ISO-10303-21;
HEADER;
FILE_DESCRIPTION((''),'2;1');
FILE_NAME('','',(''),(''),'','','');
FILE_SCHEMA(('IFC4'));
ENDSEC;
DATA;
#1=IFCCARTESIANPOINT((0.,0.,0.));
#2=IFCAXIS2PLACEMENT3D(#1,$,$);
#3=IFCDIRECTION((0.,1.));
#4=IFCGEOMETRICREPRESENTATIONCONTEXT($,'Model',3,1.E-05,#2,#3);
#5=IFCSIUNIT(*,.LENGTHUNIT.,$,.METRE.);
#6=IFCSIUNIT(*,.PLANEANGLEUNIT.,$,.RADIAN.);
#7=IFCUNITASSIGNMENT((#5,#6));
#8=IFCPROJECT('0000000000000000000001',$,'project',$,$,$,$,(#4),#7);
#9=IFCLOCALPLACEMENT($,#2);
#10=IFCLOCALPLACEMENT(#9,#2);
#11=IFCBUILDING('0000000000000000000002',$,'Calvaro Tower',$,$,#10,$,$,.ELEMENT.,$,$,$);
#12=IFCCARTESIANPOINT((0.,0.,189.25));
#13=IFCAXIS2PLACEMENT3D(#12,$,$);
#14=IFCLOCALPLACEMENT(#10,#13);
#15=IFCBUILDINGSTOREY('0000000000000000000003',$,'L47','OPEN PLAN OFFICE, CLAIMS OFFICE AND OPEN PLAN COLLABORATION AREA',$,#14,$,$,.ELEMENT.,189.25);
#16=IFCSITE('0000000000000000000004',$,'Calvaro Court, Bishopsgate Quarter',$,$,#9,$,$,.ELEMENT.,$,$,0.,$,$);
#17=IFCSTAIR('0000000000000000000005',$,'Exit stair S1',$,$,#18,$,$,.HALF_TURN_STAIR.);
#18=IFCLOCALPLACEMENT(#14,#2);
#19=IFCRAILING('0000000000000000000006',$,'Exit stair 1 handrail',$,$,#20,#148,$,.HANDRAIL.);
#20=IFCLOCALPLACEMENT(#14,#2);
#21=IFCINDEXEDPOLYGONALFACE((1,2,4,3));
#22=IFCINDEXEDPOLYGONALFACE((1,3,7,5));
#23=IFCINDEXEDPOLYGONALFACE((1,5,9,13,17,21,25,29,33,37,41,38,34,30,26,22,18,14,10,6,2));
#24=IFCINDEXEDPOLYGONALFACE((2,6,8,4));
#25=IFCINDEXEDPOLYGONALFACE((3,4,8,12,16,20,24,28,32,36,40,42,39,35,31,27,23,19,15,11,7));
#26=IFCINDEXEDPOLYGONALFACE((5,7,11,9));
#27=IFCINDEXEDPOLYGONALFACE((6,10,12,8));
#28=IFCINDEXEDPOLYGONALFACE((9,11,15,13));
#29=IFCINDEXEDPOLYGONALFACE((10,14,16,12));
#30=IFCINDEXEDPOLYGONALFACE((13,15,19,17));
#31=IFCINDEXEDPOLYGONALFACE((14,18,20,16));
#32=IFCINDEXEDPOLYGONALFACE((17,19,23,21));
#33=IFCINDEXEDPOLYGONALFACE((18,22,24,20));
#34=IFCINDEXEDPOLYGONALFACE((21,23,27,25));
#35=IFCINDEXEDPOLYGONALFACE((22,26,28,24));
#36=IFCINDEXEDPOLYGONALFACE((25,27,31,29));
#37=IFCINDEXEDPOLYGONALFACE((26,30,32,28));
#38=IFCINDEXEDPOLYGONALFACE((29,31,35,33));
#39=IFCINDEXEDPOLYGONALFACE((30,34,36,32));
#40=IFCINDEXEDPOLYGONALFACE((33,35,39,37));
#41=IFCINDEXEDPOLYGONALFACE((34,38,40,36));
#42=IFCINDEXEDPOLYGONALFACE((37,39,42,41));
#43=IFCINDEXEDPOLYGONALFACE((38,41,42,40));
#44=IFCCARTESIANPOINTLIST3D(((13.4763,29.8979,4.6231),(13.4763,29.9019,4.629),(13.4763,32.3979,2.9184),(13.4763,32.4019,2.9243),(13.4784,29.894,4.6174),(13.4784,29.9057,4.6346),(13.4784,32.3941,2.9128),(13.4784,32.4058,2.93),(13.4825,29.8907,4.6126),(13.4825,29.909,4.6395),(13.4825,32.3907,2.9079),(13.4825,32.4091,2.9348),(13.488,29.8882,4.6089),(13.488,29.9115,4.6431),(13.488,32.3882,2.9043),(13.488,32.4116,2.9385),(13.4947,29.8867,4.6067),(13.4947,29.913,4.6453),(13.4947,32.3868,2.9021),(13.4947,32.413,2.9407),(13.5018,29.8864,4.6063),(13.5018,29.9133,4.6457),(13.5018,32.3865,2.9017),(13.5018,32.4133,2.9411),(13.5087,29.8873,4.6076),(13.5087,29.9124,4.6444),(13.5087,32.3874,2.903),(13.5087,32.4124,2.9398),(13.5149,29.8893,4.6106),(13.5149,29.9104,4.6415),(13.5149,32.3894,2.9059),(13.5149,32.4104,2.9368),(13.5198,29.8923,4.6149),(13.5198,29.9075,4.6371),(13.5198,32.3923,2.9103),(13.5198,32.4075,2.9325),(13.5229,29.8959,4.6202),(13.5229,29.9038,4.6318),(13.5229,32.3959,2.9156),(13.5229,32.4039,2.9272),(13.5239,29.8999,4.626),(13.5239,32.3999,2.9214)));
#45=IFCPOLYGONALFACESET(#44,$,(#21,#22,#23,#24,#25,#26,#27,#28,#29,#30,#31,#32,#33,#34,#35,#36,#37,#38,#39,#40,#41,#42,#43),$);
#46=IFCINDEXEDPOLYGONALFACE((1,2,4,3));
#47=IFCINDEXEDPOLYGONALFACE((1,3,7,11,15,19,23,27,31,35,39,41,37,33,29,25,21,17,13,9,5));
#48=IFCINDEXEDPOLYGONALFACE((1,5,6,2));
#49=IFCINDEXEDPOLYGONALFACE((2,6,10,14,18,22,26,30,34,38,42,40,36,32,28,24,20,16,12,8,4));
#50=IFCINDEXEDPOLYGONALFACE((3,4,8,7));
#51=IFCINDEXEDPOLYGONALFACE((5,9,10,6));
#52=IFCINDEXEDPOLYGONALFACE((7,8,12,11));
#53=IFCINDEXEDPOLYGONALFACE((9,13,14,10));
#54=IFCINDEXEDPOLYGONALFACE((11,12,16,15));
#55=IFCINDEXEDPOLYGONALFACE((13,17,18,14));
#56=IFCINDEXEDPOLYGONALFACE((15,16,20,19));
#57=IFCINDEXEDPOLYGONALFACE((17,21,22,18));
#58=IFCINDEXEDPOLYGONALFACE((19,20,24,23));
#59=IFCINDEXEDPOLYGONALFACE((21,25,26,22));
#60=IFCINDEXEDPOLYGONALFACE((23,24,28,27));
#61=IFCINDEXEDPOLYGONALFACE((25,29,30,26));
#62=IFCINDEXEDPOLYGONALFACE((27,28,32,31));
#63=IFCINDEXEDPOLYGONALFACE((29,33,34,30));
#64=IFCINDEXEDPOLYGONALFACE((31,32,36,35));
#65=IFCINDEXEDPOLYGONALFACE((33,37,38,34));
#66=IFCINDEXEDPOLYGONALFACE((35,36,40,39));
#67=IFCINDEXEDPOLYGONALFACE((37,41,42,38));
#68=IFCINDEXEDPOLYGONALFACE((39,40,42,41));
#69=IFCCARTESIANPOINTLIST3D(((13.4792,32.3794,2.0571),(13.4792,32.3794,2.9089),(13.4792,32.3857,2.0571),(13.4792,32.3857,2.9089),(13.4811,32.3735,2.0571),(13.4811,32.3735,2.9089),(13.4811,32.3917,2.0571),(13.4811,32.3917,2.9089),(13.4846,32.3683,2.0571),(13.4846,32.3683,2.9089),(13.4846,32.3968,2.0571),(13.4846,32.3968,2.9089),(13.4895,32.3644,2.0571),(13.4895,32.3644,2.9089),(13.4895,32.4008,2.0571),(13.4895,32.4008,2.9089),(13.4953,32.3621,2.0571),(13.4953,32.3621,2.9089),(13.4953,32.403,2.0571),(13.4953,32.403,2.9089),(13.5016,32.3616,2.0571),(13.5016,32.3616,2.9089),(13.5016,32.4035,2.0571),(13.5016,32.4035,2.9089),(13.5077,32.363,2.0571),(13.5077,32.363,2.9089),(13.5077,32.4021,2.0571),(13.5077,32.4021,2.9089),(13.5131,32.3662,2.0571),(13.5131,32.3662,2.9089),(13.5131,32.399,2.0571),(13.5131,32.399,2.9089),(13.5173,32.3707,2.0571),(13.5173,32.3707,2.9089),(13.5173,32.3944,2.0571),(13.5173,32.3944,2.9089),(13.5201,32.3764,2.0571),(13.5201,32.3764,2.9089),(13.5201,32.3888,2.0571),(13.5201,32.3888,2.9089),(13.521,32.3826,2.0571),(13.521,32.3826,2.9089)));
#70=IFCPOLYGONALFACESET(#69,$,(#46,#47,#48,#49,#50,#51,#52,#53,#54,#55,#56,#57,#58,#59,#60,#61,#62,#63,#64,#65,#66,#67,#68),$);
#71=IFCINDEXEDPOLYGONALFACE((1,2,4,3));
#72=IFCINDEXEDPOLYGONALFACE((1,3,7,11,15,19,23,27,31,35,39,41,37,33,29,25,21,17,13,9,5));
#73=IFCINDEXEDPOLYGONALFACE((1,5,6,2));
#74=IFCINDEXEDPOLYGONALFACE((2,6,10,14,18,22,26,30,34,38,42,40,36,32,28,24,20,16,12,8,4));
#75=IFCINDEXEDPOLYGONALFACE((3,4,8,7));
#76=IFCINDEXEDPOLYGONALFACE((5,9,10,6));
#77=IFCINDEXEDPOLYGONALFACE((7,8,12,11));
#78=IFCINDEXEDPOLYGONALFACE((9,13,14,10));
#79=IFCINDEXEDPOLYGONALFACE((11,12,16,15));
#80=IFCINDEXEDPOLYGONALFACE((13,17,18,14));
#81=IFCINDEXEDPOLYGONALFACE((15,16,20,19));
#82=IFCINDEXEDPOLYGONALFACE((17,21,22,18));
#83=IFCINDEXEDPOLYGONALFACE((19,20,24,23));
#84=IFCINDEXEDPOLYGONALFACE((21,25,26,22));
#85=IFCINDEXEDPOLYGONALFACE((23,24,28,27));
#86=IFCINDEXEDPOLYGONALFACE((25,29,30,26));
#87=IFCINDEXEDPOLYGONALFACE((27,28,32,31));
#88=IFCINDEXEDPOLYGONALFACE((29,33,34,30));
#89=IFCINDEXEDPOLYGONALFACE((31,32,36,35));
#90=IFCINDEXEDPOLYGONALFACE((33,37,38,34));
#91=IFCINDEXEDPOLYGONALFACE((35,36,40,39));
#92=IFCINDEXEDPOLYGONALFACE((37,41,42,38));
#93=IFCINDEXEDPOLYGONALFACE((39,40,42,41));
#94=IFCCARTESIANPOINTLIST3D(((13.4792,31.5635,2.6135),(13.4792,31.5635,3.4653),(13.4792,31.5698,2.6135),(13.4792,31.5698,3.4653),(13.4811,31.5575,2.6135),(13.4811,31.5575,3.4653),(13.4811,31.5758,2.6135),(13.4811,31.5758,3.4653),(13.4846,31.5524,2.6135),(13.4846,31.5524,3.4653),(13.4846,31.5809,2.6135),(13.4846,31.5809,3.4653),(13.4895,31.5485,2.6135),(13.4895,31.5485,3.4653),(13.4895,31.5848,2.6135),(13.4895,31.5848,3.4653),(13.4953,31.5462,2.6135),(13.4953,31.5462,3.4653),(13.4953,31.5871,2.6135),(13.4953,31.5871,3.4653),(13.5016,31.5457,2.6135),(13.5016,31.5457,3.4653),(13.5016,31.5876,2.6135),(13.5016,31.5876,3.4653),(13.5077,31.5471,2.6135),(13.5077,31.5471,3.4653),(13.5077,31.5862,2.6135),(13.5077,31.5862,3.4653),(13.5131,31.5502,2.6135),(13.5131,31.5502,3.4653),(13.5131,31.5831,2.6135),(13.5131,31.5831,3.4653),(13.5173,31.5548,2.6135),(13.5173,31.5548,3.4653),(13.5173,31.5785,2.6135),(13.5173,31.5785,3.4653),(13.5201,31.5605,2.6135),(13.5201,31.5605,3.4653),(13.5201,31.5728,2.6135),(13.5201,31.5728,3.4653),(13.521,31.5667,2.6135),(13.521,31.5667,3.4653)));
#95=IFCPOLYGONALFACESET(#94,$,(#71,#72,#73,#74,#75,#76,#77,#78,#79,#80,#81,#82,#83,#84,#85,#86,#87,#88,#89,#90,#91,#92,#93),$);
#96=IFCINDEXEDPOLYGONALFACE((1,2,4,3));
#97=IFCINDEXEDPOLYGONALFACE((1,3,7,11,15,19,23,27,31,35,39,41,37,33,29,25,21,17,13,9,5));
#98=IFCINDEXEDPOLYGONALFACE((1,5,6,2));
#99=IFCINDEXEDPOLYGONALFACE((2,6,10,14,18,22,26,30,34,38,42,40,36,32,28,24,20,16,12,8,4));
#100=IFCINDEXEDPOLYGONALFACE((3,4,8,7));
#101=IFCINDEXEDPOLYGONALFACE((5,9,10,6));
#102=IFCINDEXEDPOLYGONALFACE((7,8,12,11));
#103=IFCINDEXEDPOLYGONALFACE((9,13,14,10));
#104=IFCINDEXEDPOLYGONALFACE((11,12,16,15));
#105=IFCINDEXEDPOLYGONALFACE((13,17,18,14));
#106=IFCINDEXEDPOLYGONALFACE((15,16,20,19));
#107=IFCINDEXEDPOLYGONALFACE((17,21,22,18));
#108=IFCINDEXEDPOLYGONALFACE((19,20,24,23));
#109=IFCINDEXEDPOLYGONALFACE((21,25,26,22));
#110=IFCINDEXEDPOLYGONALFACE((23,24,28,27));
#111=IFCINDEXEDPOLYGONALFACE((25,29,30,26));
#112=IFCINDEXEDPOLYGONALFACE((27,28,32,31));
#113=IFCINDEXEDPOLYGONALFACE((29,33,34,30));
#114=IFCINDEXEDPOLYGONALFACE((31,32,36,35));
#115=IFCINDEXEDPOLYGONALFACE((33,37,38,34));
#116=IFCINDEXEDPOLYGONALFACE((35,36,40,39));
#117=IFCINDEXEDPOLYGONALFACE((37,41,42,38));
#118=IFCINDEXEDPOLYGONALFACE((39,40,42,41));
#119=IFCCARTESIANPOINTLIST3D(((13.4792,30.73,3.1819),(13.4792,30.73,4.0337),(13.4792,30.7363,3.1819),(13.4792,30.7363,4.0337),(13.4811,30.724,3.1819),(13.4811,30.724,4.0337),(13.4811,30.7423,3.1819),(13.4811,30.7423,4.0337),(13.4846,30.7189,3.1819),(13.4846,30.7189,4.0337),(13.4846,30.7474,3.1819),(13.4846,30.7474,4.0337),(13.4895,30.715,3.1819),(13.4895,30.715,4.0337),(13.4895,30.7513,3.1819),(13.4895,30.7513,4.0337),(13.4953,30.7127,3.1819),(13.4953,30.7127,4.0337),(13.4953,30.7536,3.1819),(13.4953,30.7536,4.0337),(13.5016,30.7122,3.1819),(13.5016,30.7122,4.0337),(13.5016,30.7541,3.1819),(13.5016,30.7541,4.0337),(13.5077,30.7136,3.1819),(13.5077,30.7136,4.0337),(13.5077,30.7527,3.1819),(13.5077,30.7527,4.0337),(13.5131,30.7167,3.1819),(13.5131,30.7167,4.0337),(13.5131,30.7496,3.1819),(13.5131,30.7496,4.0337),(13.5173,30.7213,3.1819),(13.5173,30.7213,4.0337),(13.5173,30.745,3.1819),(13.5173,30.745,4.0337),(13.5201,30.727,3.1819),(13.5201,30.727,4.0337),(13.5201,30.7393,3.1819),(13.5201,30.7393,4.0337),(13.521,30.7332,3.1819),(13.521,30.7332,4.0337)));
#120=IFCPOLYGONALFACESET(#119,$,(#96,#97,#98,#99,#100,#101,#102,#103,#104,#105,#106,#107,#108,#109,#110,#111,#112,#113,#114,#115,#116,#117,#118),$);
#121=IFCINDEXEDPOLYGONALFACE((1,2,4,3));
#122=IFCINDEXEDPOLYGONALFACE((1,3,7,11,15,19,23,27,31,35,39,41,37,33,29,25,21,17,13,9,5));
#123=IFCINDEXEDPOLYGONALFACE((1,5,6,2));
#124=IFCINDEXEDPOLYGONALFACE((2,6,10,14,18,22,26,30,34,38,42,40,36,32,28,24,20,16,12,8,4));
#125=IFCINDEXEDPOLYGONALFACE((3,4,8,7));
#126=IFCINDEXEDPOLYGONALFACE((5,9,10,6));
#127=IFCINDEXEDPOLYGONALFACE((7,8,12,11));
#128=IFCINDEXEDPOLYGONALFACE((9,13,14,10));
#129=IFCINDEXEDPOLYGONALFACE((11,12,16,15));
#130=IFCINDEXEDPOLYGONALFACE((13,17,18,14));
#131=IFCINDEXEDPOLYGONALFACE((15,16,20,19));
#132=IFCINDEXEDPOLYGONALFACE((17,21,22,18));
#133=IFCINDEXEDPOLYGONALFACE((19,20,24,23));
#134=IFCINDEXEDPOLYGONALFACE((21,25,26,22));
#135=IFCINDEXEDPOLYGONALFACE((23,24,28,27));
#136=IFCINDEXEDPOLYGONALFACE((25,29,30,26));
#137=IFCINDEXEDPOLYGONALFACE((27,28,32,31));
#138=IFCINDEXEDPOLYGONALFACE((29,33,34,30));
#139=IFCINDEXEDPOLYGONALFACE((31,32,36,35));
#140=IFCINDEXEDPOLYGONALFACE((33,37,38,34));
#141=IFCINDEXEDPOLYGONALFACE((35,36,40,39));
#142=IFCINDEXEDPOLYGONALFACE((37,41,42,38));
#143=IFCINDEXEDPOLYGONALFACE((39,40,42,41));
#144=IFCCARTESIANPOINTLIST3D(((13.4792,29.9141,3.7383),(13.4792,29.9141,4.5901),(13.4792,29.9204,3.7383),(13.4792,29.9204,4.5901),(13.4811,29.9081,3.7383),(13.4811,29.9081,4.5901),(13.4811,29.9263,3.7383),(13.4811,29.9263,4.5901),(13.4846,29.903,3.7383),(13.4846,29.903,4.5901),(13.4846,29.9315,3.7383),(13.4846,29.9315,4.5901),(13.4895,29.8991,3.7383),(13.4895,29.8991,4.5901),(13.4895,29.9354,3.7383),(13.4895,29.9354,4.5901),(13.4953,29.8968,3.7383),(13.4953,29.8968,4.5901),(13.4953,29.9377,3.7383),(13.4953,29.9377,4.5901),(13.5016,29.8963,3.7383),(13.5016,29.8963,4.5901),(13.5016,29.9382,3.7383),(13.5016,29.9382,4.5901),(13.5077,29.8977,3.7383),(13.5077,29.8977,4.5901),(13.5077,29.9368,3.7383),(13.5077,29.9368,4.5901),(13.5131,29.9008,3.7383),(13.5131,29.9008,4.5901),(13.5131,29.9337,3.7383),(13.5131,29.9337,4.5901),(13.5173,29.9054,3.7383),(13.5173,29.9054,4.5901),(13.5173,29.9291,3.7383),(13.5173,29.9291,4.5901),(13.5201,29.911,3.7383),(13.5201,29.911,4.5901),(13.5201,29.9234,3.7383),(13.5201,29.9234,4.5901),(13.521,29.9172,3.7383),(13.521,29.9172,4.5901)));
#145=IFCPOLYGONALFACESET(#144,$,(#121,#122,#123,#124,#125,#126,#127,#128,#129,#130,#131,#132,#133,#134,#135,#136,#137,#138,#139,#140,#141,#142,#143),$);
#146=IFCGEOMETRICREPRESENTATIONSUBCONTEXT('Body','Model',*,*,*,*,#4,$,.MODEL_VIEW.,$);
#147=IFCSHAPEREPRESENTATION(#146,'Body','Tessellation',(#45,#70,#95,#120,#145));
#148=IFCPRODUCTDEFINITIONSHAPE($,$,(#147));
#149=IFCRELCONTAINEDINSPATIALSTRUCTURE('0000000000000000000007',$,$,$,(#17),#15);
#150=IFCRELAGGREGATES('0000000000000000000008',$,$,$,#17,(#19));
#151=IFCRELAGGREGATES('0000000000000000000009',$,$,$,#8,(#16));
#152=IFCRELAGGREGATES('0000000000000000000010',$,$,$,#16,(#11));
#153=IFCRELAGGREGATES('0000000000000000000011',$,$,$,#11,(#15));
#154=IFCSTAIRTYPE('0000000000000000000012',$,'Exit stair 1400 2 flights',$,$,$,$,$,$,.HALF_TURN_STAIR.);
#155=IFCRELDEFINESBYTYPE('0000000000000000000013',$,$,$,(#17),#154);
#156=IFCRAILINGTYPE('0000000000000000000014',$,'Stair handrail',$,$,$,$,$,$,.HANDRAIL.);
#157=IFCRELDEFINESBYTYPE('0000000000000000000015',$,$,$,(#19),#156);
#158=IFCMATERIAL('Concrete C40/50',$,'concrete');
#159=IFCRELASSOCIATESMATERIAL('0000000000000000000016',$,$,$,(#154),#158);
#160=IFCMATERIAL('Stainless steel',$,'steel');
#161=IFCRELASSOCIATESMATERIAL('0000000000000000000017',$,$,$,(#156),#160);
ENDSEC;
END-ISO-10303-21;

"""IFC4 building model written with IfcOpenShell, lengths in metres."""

from ifc_helpers import new_model, si_unit, direction, frame, origin, origin_2d, place, context, subcontext, project, spatial, circle, extrude, material, type_object, element, aggregate, save


model = new_model("IFC4")

# Units and contexts
model_context = context("Model", 3, precision=1e-05, world=origin(), true_north=direction((0.0, 1.0)))
body_context = subcontext(model_context, "Body", "Model", "MODEL_VIEW")
ifc_project = project(units=[si_unit("LENGTHUNIT", "METRE"), si_unit("PLANEANGLEUNIT", "RADIAN")], contexts=[model_context])

# Site, building, storey
site_placement = place(None, origin())
site = spatial("IfcSite", under=ifc_project, at=site_placement, Name="Calvaro Court, Bishopsgate Quarter", CompositionType="ELEMENT", RefElevation=0.0)
building_placement = place(site_placement, origin())
building = spatial("IfcBuilding", under=site, at=building_placement, Name="Calvaro Tower", CompositionType="ELEMENT")
storey_placement = place(building_placement, frame((0.0, 0.0, 189.25)))
storey = spatial("IfcBuildingStorey", under=building, at=storey_placement, Name="L47", Description="OPEN PLAN OFFICE, CLAIMS OFFICE AND OPEN PLAN COLLABORATION AREA", CompositionType="ELEMENT", Elevation=189.25)

# Stair, railing
ifc_material_1 = material(Name="Concrete C40/50", Category="concrete")
stair_type = type_object("IfcStairType", Name="Exit stair 1400 2 flights", PredefinedType="HALF_TURN_STAIR", material=ifc_material_1)
stair_placement = place(storey_placement, origin())
stair = element("IfcStair", 1, at=stair_placement, inside=storey, type_object=stair_type, Name="Exit stair S1", PredefinedType="HALF_TURN_STAIR")
ifc_material_2 = material(Name="Stainless steel", Category="steel")
railing_type = type_object("IfcRailingType", Name="Stair handrail", PredefinedType="HANDRAIL", material=ifc_material_2)
railing_1_placement = place(storey_placement, frame((13.5, 32.3999, 2.0454)))
railing_1 = element("IfcRailing", 2, at=railing_1_placement, type_object=railing_type, Name="Exit stair 1 handrail", PredefinedType="HANDRAIL", context=body_context, shape_type="SweptSolid", body=[
    extrude(circle(Radius=0.0239, at=origin_2d()), frame((0.0, 0.0, 0.876), z_axis=(0.0, -0.826221, 0.563347), x_axis=(1.0, 0.0, 0.0)), (0.0, 0.0, 1.0), 3.0259),
    extrude(circle(Radius=0.021, at=origin_2d()), frame((0.0, -0.0173, 0.0117)), (0.0, 0.0, 1.0), 0.8518),
    extrude(circle(Radius=0.021, at=origin_2d()), frame((0.0, -0.8333, 0.5681)), (0.0, 0.0, 1.0), 0.8518),
    extrude(circle(Radius=0.021, at=origin_2d()), frame((0.0, -1.6667, 1.1365)), (0.0, 0.0, 1.0), 0.8518),
    extrude(circle(Radius=0.021, at=origin_2d()), frame((0.0, -2.4827, 1.6929)), (0.0, 0.0, 1.0), 0.8518),
])
aggregate(stair, [railing_1])

save(model, "model.ifc")
